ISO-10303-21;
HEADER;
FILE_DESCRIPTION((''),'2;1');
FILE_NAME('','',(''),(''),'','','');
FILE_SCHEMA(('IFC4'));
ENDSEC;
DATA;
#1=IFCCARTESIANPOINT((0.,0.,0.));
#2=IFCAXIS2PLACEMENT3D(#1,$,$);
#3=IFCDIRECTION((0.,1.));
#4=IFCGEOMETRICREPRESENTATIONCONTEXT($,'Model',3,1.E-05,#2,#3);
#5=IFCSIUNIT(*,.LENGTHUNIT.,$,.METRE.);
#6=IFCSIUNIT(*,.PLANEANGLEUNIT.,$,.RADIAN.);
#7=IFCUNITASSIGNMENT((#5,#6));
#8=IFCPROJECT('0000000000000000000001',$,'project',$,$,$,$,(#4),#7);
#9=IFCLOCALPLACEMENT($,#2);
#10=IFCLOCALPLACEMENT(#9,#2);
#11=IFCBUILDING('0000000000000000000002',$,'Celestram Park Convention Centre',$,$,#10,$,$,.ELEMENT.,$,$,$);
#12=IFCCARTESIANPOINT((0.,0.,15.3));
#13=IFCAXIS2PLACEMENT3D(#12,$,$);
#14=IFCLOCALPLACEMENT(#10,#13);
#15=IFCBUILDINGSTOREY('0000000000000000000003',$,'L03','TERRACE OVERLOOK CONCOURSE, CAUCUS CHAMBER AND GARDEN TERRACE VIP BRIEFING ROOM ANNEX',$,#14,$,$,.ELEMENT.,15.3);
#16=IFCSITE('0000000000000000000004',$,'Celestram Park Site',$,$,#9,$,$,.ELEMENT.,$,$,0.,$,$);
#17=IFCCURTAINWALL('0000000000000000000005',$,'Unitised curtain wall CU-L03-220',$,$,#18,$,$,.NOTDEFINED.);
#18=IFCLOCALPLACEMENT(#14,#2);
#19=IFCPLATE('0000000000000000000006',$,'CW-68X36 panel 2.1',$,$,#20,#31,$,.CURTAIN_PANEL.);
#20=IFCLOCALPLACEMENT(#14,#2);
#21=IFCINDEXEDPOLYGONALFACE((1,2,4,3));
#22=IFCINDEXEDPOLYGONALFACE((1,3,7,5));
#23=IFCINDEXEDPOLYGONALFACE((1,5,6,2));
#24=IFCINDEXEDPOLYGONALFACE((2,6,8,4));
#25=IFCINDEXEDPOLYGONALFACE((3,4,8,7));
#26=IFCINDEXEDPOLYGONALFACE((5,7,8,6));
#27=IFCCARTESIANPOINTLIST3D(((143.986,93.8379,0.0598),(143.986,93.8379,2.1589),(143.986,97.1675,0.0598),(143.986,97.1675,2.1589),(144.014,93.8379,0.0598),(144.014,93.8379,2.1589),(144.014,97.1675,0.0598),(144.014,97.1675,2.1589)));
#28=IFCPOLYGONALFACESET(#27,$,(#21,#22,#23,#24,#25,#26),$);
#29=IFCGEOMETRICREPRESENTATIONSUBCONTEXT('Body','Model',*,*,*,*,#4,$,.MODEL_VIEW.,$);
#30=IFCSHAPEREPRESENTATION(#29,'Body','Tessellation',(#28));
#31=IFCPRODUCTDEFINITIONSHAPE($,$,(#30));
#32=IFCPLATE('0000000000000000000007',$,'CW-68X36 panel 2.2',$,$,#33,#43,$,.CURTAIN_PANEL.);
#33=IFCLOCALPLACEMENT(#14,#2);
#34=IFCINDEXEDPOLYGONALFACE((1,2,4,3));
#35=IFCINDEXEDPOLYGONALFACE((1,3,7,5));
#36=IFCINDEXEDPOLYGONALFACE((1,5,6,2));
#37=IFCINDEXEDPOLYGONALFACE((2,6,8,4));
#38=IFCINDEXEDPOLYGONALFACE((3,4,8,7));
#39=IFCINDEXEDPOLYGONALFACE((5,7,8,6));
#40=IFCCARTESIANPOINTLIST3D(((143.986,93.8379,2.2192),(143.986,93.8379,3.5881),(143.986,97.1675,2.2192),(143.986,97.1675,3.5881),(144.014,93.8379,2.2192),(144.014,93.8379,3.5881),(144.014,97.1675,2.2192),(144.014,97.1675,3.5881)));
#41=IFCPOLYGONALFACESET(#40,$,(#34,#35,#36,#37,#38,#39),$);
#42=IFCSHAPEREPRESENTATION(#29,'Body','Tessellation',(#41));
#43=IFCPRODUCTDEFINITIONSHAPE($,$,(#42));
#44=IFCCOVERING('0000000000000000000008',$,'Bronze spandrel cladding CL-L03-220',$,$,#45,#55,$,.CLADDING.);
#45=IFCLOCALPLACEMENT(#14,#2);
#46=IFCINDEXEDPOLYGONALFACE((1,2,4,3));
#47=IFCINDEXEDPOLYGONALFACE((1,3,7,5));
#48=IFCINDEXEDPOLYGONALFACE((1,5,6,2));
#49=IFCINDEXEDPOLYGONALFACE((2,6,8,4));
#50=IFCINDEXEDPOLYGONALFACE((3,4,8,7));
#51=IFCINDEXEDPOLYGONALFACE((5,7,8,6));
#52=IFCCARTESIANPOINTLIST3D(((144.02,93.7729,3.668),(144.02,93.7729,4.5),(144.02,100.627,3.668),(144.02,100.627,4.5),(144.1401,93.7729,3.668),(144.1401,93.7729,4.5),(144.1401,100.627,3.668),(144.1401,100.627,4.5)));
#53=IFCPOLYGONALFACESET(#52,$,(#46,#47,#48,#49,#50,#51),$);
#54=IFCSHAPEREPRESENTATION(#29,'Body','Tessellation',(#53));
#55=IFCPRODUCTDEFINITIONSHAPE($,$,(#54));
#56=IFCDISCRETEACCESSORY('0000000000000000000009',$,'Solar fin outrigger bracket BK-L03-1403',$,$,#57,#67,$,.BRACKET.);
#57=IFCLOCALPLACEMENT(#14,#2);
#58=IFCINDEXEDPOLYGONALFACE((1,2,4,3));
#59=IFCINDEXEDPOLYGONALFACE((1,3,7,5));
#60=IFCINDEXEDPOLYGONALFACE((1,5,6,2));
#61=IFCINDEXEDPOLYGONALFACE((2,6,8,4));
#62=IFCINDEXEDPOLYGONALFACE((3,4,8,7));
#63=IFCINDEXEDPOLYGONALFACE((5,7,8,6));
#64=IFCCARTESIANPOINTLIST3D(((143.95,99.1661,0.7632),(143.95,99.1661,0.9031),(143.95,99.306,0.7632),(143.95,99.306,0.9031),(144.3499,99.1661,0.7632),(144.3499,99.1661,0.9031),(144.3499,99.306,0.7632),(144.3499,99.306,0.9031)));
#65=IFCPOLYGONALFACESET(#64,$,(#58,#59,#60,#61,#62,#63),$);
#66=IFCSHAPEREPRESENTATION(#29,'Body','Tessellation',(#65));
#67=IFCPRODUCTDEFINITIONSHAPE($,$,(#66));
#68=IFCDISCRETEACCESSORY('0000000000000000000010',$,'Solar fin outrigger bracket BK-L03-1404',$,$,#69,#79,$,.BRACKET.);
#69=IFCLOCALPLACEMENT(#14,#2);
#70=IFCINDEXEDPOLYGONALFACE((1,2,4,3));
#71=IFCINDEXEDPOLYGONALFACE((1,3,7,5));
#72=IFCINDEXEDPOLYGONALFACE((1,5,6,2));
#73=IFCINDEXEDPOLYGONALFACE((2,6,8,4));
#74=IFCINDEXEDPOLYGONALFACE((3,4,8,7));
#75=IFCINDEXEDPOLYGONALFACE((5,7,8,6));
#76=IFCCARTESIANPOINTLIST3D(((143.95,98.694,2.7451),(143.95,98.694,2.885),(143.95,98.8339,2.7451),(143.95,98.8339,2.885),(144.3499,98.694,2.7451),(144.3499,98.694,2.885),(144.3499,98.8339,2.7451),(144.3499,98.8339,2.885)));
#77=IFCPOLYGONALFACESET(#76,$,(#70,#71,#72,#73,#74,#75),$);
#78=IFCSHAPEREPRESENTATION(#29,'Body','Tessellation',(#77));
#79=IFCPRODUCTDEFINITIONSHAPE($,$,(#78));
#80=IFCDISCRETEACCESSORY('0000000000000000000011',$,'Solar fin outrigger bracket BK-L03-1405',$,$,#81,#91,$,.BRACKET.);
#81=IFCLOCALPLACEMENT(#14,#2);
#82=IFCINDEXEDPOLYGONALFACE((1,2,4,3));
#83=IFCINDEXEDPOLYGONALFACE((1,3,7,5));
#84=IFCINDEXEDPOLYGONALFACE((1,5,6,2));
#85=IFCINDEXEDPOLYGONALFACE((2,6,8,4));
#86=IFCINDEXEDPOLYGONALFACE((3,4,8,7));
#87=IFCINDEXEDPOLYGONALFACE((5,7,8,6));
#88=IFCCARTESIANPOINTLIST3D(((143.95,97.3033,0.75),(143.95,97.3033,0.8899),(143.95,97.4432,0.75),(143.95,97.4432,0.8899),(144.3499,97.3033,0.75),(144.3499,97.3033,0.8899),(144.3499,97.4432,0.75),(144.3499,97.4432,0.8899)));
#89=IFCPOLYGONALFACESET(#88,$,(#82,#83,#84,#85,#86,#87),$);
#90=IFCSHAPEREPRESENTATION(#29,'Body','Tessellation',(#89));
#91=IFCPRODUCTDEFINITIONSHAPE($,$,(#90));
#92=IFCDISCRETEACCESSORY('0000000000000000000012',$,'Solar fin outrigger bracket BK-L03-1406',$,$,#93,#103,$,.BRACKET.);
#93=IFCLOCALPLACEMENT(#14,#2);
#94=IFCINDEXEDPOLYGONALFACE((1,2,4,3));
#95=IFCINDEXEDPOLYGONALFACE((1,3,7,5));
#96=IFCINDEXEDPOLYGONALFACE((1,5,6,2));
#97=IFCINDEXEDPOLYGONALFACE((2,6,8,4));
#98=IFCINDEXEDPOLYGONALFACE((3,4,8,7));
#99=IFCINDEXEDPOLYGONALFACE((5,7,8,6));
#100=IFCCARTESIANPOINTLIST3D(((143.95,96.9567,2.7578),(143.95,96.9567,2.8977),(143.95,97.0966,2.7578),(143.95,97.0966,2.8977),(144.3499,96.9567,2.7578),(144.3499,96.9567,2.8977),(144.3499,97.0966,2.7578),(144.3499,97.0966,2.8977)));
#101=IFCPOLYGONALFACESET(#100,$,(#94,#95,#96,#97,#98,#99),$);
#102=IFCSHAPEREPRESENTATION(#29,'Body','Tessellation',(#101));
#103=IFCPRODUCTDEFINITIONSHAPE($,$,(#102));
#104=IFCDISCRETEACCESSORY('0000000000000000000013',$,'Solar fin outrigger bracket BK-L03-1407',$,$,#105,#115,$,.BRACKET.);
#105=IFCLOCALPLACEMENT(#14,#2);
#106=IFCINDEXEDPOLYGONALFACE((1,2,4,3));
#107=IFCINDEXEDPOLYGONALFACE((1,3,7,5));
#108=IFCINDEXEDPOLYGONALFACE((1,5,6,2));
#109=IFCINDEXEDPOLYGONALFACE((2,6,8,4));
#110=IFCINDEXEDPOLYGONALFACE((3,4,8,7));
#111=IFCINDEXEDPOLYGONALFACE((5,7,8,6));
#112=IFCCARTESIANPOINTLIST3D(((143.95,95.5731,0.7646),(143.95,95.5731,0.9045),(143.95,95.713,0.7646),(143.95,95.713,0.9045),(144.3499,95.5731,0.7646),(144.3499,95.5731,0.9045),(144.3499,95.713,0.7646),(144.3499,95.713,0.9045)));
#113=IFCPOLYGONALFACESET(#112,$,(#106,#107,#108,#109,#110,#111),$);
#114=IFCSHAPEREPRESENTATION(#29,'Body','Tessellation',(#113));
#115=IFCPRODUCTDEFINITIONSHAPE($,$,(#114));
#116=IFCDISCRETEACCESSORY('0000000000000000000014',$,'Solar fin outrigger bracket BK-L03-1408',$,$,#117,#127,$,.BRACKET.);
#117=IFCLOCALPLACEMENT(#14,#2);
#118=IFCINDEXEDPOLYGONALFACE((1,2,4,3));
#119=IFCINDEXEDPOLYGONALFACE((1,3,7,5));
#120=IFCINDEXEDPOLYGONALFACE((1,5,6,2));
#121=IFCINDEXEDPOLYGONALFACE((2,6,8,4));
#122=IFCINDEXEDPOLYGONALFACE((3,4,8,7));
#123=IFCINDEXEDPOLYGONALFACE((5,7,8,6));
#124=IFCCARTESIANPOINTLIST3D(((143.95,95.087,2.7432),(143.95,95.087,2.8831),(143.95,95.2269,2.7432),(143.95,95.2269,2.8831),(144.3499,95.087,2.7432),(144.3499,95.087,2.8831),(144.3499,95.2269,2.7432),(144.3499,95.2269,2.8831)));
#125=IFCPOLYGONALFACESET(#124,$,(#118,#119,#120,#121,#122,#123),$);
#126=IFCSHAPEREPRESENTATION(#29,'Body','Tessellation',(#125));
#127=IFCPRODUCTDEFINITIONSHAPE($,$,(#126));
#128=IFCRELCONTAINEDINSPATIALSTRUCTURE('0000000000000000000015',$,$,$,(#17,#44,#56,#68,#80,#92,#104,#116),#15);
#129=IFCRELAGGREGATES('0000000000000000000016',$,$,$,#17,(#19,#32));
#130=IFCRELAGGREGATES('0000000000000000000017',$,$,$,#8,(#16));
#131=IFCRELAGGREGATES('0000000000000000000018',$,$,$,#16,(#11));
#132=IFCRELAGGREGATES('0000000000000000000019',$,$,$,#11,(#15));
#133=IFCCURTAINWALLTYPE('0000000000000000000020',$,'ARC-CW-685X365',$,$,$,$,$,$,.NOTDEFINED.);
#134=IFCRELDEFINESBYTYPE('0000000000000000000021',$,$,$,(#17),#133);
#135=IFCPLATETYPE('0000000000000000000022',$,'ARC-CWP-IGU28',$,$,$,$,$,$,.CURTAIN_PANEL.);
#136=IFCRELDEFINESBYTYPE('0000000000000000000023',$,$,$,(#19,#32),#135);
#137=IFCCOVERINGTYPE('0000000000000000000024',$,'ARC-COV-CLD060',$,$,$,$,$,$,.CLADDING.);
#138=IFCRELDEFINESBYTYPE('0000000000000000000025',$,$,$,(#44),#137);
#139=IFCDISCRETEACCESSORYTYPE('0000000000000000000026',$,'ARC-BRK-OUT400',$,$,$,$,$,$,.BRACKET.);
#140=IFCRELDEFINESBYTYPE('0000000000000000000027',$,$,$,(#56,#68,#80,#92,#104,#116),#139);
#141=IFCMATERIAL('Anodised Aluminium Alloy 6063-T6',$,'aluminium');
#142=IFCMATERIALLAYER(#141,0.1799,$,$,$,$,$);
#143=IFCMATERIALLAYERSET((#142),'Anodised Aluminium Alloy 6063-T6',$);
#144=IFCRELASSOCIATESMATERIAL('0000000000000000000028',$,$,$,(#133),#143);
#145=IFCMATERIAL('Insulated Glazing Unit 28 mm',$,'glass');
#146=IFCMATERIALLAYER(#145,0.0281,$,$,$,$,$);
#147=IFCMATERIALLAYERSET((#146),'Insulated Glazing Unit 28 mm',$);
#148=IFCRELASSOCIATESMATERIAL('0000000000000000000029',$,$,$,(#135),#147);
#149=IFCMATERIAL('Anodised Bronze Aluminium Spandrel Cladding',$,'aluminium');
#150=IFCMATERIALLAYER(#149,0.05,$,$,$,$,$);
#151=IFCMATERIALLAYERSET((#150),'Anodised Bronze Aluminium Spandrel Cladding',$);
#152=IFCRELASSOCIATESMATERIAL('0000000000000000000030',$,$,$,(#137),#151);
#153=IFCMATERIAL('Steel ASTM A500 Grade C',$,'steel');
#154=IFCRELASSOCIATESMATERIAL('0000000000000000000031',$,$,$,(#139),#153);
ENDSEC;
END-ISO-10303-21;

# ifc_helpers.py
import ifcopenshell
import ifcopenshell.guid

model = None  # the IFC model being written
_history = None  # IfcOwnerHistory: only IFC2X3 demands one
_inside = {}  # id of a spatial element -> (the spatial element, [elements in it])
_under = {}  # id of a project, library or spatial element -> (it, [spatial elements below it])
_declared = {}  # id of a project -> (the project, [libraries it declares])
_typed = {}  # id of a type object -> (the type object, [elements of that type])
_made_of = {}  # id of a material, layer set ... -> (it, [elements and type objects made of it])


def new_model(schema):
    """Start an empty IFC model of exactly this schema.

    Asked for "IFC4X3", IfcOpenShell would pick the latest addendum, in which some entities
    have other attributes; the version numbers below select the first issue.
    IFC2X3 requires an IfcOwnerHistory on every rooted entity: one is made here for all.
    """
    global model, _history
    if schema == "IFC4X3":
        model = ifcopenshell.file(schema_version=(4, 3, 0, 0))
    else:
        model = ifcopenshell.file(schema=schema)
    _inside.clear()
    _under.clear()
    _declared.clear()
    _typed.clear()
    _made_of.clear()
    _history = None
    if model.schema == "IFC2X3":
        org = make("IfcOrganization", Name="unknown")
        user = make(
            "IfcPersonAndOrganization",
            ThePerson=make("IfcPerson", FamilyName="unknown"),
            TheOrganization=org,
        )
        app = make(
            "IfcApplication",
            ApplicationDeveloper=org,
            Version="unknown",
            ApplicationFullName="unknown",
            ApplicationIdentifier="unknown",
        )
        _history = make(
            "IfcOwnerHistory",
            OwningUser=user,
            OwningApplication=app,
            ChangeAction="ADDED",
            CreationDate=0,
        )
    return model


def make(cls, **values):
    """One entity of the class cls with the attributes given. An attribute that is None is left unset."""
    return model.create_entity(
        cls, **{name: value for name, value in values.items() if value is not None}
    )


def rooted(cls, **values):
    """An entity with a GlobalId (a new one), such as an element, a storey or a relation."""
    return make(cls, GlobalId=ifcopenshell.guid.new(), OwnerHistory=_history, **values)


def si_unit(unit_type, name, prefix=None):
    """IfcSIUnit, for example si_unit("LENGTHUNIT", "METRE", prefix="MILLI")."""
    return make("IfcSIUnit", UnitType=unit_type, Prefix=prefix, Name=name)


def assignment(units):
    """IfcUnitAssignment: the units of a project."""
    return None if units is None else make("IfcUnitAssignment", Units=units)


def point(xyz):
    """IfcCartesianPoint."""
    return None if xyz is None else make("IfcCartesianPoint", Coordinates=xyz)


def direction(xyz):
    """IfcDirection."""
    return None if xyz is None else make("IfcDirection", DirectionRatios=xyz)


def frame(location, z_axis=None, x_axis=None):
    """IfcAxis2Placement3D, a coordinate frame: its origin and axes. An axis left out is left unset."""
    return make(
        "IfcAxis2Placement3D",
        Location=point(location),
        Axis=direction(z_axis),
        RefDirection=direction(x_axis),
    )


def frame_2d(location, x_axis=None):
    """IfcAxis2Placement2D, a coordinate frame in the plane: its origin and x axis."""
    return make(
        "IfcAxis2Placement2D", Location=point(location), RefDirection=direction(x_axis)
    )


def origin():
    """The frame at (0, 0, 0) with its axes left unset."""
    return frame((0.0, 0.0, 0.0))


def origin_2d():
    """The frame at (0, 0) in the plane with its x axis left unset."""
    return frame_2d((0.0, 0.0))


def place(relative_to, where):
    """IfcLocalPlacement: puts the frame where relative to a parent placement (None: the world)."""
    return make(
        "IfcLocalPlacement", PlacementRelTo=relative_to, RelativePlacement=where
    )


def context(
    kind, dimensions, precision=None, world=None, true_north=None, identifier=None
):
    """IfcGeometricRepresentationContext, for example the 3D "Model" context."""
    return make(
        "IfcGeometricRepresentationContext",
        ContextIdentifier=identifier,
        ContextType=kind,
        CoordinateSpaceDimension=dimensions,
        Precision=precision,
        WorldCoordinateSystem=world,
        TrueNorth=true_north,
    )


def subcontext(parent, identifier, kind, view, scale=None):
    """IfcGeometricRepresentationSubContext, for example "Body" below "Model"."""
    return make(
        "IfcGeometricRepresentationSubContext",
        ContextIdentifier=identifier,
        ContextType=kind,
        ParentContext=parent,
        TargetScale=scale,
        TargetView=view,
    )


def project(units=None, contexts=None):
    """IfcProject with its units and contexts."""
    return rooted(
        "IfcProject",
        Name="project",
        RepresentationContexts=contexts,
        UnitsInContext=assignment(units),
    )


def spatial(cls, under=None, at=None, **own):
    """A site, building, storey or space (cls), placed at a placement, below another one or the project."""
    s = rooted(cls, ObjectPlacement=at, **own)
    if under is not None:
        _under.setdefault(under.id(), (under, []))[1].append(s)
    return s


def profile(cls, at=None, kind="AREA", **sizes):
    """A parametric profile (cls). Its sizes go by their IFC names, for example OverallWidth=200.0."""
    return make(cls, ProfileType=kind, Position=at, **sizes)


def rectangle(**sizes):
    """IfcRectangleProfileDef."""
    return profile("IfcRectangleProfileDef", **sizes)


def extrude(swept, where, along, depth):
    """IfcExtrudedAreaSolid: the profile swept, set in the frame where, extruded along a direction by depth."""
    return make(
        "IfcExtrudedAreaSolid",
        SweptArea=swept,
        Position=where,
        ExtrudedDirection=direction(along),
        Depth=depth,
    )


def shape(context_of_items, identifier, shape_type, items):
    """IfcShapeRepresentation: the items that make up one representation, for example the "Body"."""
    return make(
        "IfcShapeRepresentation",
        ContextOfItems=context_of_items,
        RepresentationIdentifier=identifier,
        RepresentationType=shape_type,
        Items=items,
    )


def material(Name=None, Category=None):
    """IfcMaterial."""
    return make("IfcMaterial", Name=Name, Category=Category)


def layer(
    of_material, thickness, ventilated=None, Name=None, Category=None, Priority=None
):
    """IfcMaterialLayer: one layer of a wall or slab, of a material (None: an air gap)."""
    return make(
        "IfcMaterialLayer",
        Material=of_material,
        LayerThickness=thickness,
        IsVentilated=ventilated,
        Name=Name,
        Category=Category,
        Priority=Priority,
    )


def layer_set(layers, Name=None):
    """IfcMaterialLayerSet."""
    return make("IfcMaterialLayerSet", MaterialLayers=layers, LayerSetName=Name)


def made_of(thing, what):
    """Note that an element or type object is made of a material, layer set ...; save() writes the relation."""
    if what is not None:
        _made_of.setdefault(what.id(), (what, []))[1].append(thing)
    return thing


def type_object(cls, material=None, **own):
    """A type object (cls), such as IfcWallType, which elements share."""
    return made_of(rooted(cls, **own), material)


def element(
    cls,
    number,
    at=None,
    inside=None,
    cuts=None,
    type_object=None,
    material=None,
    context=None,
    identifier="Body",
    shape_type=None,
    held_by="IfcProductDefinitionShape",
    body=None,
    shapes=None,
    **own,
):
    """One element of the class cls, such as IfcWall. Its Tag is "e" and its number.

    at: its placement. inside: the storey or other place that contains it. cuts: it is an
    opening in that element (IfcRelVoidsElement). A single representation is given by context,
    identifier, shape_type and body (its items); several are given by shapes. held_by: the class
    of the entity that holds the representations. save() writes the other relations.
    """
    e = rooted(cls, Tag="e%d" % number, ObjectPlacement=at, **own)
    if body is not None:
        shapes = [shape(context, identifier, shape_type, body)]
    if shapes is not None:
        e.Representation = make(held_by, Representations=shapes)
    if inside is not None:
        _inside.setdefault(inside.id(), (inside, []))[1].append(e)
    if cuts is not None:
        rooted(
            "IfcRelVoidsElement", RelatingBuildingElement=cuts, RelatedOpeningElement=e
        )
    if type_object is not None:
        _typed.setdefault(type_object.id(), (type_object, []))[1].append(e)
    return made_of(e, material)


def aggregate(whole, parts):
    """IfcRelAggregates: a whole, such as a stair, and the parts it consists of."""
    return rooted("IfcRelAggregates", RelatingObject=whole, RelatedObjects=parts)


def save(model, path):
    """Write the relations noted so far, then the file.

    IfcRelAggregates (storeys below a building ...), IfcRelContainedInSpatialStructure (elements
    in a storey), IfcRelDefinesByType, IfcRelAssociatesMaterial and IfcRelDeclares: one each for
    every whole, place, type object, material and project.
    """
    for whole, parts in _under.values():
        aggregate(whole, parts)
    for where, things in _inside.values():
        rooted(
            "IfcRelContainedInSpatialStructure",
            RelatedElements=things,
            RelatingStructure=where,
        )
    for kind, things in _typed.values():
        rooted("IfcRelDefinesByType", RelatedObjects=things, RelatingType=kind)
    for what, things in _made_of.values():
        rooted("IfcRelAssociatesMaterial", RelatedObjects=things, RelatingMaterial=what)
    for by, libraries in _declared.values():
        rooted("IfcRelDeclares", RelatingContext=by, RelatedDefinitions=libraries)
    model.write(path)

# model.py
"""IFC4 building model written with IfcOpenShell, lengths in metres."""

from ifc_helpers import new_model, si_unit, direction, frame, origin, origin_2d, place, context, subcontext, project, spatial, rectangle, extrude, material, layer, layer_set, type_object, element, aggregate, save


model = new_model("IFC4")

# Units and contexts
model_context = context("Model", 3, precision=1e-05, world=origin(), true_north=direction((0.0, 1.0)))
body_context = subcontext(model_context, "Body", "Model", "MODEL_VIEW")
ifc_project = project(units=[si_unit("LENGTHUNIT", "METRE"), si_unit("PLANEANGLEUNIT", "RADIAN")], contexts=[model_context])

# Site, building, storey
site_placement = place(None, origin())
site = spatial("IfcSite", under=ifc_project, at=site_placement, Name="Celestram Park Site", CompositionType="ELEMENT", RefElevation=0.0)
building_placement = place(site_placement, origin())
building = spatial("IfcBuilding", under=site, at=building_placement, Name="Celestram Park Convention Centre", CompositionType="ELEMENT")
storey_placement = place(building_placement, frame((0.0, 0.0, 15.3)))
storey = spatial("IfcBuildingStorey", under=building, at=storey_placement, Name="L03", Description="TERRACE OVERLOOK CONCOURSE, CAUCUS CHAMBER AND GARDEN TERRACE VIP BRIEFING ROOM ANNEX", CompositionType="ELEMENT", Elevation=15.3)

# Curtain wall
ifc_material_1 = material(Name="Anodised Aluminium Alloy 6063-T6", Category="aluminium")
ifc_layer_1 = layer(ifc_material_1, 0.1799)
ifc_layer_set_1 = layer_set([ifc_layer_1], Name="Anodised Aluminium Alloy 6063-T6")
curtain_wall_type = type_object("IfcCurtainWallType", Name="ARC-CW-685X365", PredefinedType="NOTDEFINED", material=ifc_layer_set_1)
curtain_wall_placement = place(storey_placement, origin())
curtain_wall = element("IfcCurtainWall", 1, at=curtain_wall_placement, inside=storey, type_object=curtain_wall_type, Name="Unitised curtain wall CU-L03-220", PredefinedType="NOTDEFINED")

# Shared definitions
ifc_material_2 = material(Name="Steel ASTM A500 Grade C", Category="steel")

# Plates
ifc_material_3 = material(Name="Insulated Glazing Unit 28 mm", Category="glass")
ifc_layer_2 = layer(ifc_material_3, 0.0281)
ifc_layer_set_2 = layer_set([ifc_layer_2], Name="Insulated Glazing Unit 28 mm")
plate_type = type_object("IfcPlateType", Name="ARC-CWP-IGU28", PredefinedType="CURTAIN_PANEL", material=ifc_layer_set_2)
plate_1_placement = place(storey_placement, frame((144.0, 95.5027, 0.0598), z_axis=(0.0, 0.0, 1.0), x_axis=(0.0, -1.0, 0.0)))
plate_1 = element("IfcPlate", 2, at=plate_1_placement, type_object=plate_type, Name="CW-68X36 panel 2.1", PredefinedType="CURTAIN_PANEL", context=body_context, shape_type="SweptSolid", body=[
    extrude(rectangle(XDim=3.3296, YDim=0.0281, at=origin_2d()), origin(), (0.0, 0.0, 1.0), 2.0991),
])
plate_2_placement = place(storey_placement, frame((144.0, 95.5027, 2.2192), z_axis=(0.0, 0.0, 1.0), x_axis=(0.0, -1.0, 0.0)))
plate_2 = element("IfcPlate", 3, at=plate_2_placement, type_object=plate_type, Name="CW-68X36 panel 2.2", PredefinedType="CURTAIN_PANEL", context=body_context, shape_type="SweptSolid", body=[
    extrude(rectangle(XDim=3.3296, YDim=0.0281, at=origin_2d()), origin(), (0.0, 0.0, 1.0), 1.3689),
])
aggregate(curtain_wall, [plate_1, plate_2])

# Covering
ifc_material_4 = material(Name="Anodised Bronze Aluminium Spandrel Cladding", Category="aluminium")
ifc_layer_3 = layer(ifc_material_4, 0.05)
ifc_layer_set_3 = layer_set([ifc_layer_3], Name="Anodised Bronze Aluminium Spandrel Cladding")
covering_type = type_object("IfcCoveringType", Name="ARC-COV-CLD060", PredefinedType="CLADDING", material=ifc_layer_set_3)
covering_placement = place(storey_placement, frame((144.0801, 97.2, 3.668), z_axis=(0.0, 0.0, 1.0), x_axis=(0.0, -1.0, 0.0)))
element("IfcCovering", 4, at=covering_placement, inside=storey, type_object=covering_type, Name="Bronze spandrel cladding CL-L03-220", PredefinedType="CLADDING", context=body_context, shape_type="SweptSolid", body=[
    extrude(rectangle(XDim=6.854, YDim=0.1201, at=origin_2d()), origin(), (0.0, 0.0, 1.0), 0.832),
])

# Discrete accessories
discrete_accessory_type = type_object("IfcDiscreteAccessoryType", Name="ARC-BRK-OUT400", PredefinedType="BRACKET", material=ifc_material_2)
for number, where, z_axis, x_axis, name in (
    (5, (144.1499, 99.2361, 0.7632), (0.0, 0.0, 1.0), (1.0, 0.0, 0.0), "Solar fin outrigger bracket BK-L03-1403"),
    (6, (144.1499, 98.7639, 2.7451), (0.0, 0.0, 1.0), (1.0, 0.0, 0.0), "Solar fin outrigger bracket BK-L03-1404"),
    (7, (144.1499, 97.3733, 0.75), (0.0, 0.0, 1.0), (1.0, 0.0, 0.0), "Solar fin outrigger bracket BK-L03-1405"),
    (8, (144.1499, 97.0266, 2.7578), (0.0, 0.0, 1.0), (1.0, 0.0, 0.0), "Solar fin outrigger bracket BK-L03-1406"),
    (9, (144.1499, 95.6431, 0.7646), (0.0, 0.0, 1.0), (1.0, 0.0, 0.0), "Solar fin outrigger bracket BK-L03-1407"),
    (10, (144.1499, 95.157, 2.7432), (0.0, 0.0, 1.0), (1.0, 0.0, 0.0), "Solar fin outrigger bracket BK-L03-1408"),
):
    element("IfcDiscreteAccessory", number, at=place(storey_placement, frame(where, z_axis=z_axis, x_axis=x_axis)), inside=storey, type_object=discrete_accessory_type, Name=name, PredefinedType="BRACKET", context=body_context, shape_type="SweptSolid", body=[
        extrude(rectangle(XDim=0.3999, YDim=0.1399, at=origin_2d()), origin(), (0.0, 0.0, 1.0), 0.1399),
    ])

save(model, "model.ifc")
